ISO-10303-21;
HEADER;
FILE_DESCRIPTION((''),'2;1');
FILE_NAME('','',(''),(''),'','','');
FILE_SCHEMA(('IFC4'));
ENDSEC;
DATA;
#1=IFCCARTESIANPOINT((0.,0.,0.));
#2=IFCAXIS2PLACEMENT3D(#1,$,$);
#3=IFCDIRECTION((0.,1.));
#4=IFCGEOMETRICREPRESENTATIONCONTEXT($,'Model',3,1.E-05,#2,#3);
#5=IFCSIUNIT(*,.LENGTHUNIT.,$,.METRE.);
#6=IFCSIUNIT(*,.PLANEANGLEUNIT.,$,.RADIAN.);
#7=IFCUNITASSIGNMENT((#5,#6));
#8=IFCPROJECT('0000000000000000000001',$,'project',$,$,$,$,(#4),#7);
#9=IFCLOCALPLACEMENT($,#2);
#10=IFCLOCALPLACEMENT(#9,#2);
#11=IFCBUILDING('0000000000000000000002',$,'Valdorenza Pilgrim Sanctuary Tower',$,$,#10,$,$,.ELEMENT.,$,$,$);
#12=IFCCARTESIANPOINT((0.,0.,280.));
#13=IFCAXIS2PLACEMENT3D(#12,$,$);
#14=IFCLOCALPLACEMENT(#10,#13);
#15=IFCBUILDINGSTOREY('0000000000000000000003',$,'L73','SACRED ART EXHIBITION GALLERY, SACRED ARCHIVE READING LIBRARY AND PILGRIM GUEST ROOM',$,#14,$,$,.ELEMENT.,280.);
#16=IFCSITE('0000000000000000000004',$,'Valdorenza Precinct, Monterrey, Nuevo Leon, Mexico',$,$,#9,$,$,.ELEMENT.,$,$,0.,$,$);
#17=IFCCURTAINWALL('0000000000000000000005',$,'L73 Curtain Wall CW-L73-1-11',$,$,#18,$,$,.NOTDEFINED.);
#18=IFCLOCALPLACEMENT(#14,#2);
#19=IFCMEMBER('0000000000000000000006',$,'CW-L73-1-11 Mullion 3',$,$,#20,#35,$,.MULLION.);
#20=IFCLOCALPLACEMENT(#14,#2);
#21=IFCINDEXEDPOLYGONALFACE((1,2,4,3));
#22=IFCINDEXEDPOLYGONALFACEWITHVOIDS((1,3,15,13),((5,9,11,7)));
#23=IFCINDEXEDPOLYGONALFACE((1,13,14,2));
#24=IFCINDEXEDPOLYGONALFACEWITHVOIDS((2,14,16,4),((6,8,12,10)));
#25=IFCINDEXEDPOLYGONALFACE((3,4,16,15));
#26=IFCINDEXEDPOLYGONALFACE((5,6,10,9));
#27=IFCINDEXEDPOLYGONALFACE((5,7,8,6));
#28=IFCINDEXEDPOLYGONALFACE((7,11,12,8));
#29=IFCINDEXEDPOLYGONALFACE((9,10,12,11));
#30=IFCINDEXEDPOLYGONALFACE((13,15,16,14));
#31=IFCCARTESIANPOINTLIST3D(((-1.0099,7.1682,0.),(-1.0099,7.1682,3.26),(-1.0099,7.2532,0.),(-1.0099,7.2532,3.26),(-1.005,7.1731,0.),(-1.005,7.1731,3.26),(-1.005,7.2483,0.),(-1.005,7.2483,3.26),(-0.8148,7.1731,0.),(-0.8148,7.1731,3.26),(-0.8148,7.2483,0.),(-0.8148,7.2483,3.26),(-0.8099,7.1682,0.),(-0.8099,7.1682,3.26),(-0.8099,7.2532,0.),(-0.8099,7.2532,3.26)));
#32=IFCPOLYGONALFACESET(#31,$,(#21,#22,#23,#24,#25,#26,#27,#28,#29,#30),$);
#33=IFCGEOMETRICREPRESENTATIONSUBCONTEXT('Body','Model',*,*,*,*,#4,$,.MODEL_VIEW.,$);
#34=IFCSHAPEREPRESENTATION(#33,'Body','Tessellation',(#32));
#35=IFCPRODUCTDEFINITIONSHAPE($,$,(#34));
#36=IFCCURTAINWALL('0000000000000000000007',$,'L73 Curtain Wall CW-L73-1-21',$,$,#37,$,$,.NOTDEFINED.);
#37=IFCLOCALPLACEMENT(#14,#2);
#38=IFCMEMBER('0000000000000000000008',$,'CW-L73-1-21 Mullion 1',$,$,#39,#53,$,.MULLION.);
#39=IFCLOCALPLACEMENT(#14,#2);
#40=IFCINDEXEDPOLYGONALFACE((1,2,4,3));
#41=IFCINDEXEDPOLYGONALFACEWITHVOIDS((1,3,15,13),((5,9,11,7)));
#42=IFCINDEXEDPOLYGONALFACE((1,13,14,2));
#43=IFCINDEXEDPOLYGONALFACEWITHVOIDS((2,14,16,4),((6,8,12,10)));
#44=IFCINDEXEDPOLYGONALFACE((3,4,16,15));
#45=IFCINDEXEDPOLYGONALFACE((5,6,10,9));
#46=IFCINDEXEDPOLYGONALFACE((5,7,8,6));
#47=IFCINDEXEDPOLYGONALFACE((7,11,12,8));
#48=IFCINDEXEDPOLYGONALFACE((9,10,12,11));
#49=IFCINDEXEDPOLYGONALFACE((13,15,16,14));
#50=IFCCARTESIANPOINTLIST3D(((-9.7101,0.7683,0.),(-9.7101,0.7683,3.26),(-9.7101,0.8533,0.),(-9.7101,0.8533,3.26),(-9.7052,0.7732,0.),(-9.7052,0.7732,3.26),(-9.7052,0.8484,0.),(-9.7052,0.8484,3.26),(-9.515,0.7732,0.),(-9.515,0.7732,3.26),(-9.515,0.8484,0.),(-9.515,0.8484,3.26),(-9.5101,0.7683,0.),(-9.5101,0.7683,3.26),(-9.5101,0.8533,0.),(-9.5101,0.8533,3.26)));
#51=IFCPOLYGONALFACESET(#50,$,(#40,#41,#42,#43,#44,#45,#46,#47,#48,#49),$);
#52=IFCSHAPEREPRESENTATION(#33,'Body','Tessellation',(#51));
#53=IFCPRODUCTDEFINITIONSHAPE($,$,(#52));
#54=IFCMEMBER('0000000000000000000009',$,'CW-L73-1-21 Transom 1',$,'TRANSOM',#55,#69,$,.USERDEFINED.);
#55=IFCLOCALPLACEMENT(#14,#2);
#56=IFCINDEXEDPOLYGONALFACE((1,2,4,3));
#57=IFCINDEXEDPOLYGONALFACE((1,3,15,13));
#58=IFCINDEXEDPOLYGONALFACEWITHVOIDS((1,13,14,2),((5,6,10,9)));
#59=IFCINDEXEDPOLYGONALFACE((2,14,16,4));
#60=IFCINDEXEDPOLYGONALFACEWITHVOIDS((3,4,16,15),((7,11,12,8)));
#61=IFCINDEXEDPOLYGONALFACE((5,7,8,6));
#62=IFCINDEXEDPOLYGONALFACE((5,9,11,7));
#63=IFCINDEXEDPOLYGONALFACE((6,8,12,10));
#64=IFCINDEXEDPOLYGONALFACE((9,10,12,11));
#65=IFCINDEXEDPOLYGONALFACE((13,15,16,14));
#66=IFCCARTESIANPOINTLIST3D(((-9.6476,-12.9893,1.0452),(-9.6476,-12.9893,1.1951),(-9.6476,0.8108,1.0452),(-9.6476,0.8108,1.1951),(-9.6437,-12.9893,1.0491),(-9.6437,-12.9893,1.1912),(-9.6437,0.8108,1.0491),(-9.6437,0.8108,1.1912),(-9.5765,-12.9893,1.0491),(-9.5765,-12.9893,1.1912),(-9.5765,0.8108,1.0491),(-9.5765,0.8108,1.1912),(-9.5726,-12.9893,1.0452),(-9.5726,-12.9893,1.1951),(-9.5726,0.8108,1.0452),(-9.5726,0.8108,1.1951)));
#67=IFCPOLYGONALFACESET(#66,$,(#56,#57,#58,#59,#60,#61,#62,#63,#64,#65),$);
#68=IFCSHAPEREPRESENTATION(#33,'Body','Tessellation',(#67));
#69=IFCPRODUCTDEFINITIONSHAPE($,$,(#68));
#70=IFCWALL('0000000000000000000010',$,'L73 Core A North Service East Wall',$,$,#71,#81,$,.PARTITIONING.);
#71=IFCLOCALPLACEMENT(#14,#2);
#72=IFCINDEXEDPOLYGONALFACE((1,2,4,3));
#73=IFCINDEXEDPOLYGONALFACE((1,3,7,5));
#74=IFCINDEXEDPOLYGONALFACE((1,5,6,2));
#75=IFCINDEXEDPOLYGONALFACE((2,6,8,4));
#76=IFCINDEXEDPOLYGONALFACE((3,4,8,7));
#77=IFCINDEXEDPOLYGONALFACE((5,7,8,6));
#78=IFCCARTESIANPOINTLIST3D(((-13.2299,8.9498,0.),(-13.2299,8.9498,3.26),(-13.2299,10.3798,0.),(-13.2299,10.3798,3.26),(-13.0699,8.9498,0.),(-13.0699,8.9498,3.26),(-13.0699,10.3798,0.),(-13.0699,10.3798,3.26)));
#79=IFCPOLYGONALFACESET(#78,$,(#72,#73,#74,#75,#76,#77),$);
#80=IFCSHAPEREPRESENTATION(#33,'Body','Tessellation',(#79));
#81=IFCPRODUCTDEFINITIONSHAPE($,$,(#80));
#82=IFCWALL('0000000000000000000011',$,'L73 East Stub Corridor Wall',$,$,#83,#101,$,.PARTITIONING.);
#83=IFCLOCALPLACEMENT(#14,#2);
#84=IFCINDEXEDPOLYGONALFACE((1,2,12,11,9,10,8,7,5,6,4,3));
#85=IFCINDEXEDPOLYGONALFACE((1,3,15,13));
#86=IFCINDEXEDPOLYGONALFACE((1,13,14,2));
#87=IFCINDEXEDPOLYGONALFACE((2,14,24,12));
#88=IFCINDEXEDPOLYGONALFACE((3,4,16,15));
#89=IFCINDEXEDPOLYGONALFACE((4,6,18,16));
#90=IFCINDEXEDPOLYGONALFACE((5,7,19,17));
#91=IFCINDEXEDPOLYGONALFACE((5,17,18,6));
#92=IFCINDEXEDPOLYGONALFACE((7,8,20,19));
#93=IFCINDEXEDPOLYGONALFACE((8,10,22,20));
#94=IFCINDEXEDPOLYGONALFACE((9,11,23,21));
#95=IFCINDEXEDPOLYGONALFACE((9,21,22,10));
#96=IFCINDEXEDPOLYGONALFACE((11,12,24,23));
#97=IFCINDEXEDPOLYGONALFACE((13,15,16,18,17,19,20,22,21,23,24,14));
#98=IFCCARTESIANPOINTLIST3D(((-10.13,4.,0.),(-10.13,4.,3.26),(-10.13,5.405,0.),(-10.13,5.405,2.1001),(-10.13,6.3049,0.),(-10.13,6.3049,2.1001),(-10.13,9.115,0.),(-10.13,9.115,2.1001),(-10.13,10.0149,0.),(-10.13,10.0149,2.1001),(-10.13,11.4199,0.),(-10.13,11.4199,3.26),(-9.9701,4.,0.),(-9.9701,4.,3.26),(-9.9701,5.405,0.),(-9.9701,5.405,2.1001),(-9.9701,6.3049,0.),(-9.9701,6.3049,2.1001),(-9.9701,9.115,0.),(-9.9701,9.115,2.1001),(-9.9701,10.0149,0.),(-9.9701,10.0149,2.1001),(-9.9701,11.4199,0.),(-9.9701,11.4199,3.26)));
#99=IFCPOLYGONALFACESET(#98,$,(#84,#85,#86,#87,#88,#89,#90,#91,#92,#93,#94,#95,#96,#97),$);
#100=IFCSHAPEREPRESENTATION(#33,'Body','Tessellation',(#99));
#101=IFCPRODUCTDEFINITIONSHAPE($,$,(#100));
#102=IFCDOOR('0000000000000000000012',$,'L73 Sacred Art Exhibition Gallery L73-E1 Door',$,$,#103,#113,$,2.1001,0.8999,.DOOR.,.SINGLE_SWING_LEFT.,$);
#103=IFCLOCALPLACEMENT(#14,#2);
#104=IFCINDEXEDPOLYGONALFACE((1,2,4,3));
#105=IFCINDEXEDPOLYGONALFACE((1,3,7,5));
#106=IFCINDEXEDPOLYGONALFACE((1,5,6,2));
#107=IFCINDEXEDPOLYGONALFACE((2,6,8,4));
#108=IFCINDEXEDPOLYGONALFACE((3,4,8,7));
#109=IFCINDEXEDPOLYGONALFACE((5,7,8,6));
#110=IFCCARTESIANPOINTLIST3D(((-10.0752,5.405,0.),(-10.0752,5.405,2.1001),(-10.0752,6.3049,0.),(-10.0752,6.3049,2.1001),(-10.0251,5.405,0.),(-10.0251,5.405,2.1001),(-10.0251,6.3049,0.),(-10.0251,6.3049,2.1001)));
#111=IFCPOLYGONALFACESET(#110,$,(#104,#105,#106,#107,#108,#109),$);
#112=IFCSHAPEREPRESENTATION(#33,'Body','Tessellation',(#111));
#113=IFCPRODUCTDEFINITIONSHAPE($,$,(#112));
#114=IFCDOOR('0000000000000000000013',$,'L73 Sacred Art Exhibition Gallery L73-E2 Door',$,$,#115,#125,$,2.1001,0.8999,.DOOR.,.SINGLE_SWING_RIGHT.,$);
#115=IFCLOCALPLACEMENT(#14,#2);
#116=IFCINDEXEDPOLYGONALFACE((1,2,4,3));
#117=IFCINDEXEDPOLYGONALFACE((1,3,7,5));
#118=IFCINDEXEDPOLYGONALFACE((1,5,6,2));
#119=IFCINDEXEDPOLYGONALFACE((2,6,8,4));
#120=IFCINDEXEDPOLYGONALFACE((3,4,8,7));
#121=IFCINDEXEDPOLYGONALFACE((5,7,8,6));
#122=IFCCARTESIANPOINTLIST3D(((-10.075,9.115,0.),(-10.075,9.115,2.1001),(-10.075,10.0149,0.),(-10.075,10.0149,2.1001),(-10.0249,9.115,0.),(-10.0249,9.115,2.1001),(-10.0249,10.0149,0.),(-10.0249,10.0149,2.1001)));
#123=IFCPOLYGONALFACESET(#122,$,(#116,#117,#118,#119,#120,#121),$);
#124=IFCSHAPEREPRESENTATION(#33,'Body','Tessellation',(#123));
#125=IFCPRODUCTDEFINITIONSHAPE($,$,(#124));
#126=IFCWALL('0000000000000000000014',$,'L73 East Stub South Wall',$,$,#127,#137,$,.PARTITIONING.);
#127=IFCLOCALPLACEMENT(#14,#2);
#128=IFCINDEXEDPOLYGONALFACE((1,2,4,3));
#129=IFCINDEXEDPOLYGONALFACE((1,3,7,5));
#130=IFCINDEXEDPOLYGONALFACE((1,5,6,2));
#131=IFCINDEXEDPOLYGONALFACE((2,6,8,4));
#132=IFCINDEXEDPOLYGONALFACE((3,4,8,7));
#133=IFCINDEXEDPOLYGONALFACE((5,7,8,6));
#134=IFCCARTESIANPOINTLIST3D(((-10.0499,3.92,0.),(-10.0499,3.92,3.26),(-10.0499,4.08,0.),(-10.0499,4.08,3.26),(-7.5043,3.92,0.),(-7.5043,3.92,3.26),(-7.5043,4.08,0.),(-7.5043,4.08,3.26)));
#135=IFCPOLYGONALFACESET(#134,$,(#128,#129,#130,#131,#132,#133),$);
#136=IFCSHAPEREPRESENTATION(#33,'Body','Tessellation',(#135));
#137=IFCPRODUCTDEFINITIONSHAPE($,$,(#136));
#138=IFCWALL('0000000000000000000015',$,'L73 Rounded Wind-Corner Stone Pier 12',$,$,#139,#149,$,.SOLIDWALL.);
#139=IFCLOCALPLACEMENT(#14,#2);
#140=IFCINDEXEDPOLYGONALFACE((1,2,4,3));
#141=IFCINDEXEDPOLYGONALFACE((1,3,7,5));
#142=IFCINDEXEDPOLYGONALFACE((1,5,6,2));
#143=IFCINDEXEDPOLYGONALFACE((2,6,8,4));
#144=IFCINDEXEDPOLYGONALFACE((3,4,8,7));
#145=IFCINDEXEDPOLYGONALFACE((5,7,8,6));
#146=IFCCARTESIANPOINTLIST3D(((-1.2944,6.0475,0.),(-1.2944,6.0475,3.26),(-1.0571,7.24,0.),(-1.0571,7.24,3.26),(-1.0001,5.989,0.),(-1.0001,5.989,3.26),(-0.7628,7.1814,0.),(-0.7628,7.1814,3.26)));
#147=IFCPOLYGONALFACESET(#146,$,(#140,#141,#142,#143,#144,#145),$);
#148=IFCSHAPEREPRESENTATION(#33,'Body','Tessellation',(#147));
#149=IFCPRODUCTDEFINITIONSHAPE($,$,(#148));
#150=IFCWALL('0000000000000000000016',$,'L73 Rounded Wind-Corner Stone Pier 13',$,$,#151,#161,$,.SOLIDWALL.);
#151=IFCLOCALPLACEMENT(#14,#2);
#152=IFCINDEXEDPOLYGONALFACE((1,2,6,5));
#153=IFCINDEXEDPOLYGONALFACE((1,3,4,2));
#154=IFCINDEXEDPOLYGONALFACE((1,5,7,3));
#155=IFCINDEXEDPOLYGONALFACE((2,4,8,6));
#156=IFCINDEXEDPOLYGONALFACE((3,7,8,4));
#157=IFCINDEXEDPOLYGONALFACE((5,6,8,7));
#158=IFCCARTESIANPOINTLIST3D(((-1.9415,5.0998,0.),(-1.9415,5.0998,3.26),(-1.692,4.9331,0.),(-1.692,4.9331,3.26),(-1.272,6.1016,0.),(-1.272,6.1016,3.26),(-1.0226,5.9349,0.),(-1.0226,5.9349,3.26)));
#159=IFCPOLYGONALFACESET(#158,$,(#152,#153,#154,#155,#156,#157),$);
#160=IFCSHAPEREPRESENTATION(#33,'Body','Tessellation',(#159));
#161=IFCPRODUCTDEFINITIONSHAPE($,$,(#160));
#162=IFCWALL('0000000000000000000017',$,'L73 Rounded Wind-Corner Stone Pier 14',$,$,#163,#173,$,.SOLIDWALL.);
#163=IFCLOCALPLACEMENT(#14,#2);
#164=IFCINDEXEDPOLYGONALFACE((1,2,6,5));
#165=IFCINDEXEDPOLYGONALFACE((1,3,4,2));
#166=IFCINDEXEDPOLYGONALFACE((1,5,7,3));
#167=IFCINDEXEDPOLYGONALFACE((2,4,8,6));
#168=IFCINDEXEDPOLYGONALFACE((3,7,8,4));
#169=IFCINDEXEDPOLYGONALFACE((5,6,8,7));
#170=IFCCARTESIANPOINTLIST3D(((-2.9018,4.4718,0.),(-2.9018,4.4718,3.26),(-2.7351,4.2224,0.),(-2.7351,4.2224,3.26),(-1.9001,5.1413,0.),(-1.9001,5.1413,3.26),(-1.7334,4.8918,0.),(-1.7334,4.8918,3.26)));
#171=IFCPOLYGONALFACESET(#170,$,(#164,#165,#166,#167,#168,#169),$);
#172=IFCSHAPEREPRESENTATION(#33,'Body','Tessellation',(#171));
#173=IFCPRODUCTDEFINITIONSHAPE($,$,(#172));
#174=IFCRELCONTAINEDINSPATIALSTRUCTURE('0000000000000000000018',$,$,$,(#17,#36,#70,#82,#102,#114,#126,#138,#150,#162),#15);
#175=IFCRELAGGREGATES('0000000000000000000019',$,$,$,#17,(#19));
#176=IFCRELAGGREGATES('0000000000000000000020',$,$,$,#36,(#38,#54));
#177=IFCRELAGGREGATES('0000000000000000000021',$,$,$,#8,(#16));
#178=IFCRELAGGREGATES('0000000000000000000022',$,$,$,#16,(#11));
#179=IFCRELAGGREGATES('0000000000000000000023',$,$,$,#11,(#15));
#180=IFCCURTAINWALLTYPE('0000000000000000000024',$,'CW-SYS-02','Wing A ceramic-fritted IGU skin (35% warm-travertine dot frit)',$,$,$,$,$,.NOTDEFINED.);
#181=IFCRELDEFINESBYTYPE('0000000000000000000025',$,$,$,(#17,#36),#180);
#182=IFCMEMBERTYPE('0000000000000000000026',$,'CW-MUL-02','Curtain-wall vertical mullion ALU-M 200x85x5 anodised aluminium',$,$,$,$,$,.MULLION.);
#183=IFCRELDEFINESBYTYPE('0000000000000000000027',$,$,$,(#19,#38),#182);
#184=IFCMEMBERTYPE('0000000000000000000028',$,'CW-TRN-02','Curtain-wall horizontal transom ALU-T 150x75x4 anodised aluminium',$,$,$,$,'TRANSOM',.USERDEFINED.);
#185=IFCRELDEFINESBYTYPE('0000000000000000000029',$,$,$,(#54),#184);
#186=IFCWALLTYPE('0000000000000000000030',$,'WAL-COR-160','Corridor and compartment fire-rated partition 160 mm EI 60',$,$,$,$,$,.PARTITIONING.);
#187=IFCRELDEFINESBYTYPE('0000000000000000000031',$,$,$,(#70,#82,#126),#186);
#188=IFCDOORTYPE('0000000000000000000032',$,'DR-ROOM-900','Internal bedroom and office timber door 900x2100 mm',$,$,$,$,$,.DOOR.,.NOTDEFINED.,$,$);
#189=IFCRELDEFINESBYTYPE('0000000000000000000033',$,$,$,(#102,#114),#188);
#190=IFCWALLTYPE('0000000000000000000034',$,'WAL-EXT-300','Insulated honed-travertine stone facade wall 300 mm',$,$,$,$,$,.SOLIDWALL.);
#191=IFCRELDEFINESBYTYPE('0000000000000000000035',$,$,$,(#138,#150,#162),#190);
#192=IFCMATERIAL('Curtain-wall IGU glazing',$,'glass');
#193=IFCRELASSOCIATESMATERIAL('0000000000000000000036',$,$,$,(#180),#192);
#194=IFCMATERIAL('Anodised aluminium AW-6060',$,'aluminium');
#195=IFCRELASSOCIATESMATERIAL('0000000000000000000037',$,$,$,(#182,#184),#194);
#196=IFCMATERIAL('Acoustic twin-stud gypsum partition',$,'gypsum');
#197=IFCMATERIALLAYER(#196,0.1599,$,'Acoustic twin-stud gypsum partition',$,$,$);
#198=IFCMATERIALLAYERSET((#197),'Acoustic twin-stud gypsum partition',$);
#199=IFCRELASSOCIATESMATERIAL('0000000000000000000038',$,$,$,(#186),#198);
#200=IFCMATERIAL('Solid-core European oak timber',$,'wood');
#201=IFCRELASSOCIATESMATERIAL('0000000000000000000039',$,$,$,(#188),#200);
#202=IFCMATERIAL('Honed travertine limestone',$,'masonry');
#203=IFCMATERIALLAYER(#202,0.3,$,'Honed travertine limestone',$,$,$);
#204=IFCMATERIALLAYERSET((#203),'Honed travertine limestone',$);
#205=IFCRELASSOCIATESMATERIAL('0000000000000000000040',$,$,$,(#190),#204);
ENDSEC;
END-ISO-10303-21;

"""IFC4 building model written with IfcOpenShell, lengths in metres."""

from ifc_helpers import new_model, si_unit, direction, frame, frame_2d, origin, origin_2d, place, context, subcontext, project, spatial, rectangle, hollow_rectangle, extrude, source, transform, mapped, material, layer, layer_set, material_profile, profile_set, type_object, element, fill, aggregate, save


model = new_model("IFC4")

# Units and contexts
model_context = context("Model", 3, precision=1e-05, world=origin(), true_north=direction((0.0, 1.0)))
body_context = subcontext(model_context, "Body", "Model", "MODEL_VIEW")
ifc_project = project(units=[si_unit("LENGTHUNIT", "METRE"), si_unit("PLANEANGLEUNIT", "RADIAN")], contexts=[model_context])

# Site, building, storey
site_placement = place(None, origin())
site = spatial("IfcSite", under=ifc_project, at=site_placement, Name="Valdorenza Precinct, Monterrey, Nuevo Leon, Mexico", CompositionType="ELEMENT", RefElevation=0.0)
building_placement = place(site_placement, origin())
building = spatial("IfcBuilding", under=site, at=building_placement, Name="Valdorenza Pilgrim Sanctuary Tower", CompositionType="ELEMENT")
storey_placement = place(building_placement, frame((0.0, 0.0, 280.0)))
storey = spatial("IfcBuildingStorey", under=building, at=storey_placement, Name="L73", Description="SACRED ART EXHIBITION GALLERY, SACRED ARCHIVE READING LIBRARY AND PILGRIM GUEST ROOM", CompositionType="ELEMENT", Elevation=280.0)

# Curtain wall, member
ifc_material_1 = material(Name="Curtain-wall IGU glazing", Category="glass")
curtain_wall_type = type_object("IfcCurtainWallType", Name="CW-SYS-02", Description="Wing A ceramic-fritted IGU skin (35% warm-travertine dot frit)", PredefinedType="NOTDEFINED", material=ifc_material_1)
curtain_wall_1_placement = place(storey_placement, origin())
curtain_wall_1 = element("IfcCurtainWall", 1, at=curtain_wall_1_placement, inside=storey, type_object=curtain_wall_type, Name="L73 Curtain Wall CW-L73-1-11", PredefinedType="NOTDEFINED")
ifc_material_2 = material(Name="Anodised aluminium AW-6060", Category="aluminium")
ifc_material_profile_1 = material_profile(ifc_material_2, hollow_rectangle(XDim=0.085, YDim=0.2, WallThickness=0.0049, at=origin_2d()), Name="ALU-M 200x85x5")
ifc_profile_set_1 = profile_set([ifc_material_profile_1], Name="Anodised aluminium AW-6060")
member_type_1 = type_object("IfcMemberType", Name="CW-MUL-02", Description="Curtain-wall vertical mullion ALU-M 200x85x5 anodised aluminium", PredefinedType="MULLION", material=ifc_profile_set_1)
shared_shape_1 = source(origin(), body_context, "Body", "SweptSolid", [
    extrude(hollow_rectangle(XDim=0.085, YDim=0.2, WallThickness=0.0049, at=origin_2d()), origin(), (0.0, 0.0, 1.0), 3.26),
])
member_1_placement = place(storey_placement, frame((-0.9099, 7.2107, 0.0), z_axis=(0.0, 0.0, 1.0), x_axis=(0.0, -1.0, 0.0)))
member_1 = element("IfcMember", 2, at=member_1_placement, type_object=member_type_1, Name="CW-L73-1-11 Mullion 3", PredefinedType="MULLION", context=body_context, shape_type="MappedRepresentation", body=[
    mapped(shared_shape_1, transform((0.0, 0.0, 0.0), x_axis=(1.0, 0.0, 0.0), y_axis=(0.0, 1.0, 0.0), z_axis=(0.0, 0.0, 1.0), scale=1.0)),
])
aggregate(curtain_wall_1, [member_1])

# Curtain wall, members
curtain_wall_2_placement = place(storey_placement, origin())
curtain_wall_2 = element("IfcCurtainWall", 3, at=curtain_wall_2_placement, inside=storey, type_object=curtain_wall_type, Name="L73 Curtain Wall CW-L73-1-21", PredefinedType="NOTDEFINED")
member_2_placement = place(storey_placement, frame((-9.6101, 0.8108, 0.0), z_axis=(0.0, 0.0, 1.0), x_axis=(0.0, -1.0, 0.0)))
member_2 = element("IfcMember", 4, at=member_2_placement, type_object=member_type_1, Name="CW-L73-1-21 Mullion 1", PredefinedType="MULLION", context=body_context, shape_type="MappedRepresentation", body=[
    mapped(shared_shape_1, transform((0.0, 0.0, 0.0), x_axis=(1.0, 0.0, 0.0), y_axis=(0.0, 1.0, 0.0), z_axis=(0.0, 0.0, 1.0), scale=1.0)),
])
ifc_material_profile_2 = material_profile(ifc_material_2, hollow_rectangle(XDim=0.075, YDim=0.1499, WallThickness=0.0039, at=origin_2d()), Name="ALU-T 150x75x4")
ifc_profile_set_2 = profile_set([ifc_material_profile_2], Name="Anodised aluminium AW-6060")
member_type_2 = type_object("IfcMemberType", Name="CW-TRN-02", Description="Curtain-wall horizontal transom ALU-T 150x75x4 anodised aluminium", ElementType="TRANSOM", PredefinedType="USERDEFINED", material=ifc_profile_set_2)
shared_shape_2 = source(origin(), body_context, "Body", "SweptSolid", [
    extrude(hollow_rectangle(XDim=0.075, YDim=0.1499, WallThickness=0.0039, at=origin_2d()), origin(), (0.0, 0.0, 1.0), 13.8),
])
member_3_placement = place(storey_placement, frame((-9.6101, 0.8108, 1.1201), z_axis=(0.0, -1.0, 0.0), x_axis=(1.0, 0.0, 0.0)))
member_3 = element("IfcMember", 5, at=member_3_placement, type_object=member_type_2, Name="CW-L73-1-21 Transom 1", ObjectType="TRANSOM", PredefinedType="USERDEFINED", context=body_context, shape_type="MappedRepresentation", body=[
    mapped(shared_shape_2, transform((0.0, 0.0, 0.0), x_axis=(1.0, 0.0, 0.0), y_axis=(0.0, 1.0, 0.0), z_axis=(0.0, 0.0, 1.0), scale=1.0)),
])
aggregate(curtain_wall_2, [member_2, member_3])

# Wall
ifc_material_3 = material(Name="Acoustic twin-stud gypsum partition", Category="gypsum")
ifc_layer_1 = layer(ifc_material_3, 0.1599, Name="Acoustic twin-stud gypsum partition")
ifc_layer_set_1 = layer_set([ifc_layer_1], Name="Acoustic twin-stud gypsum partition")
wall_type_1 = type_object("IfcWallType", Name="WAL-COR-160", Description="Corridor and compartment fire-rated partition 160 mm EI 60", PredefinedType="PARTITIONING", material=ifc_layer_set_1)
wall_1_placement = place(storey_placement, frame((-13.1499, 8.95, 0.0), z_axis=(0.0, 0.0, 1.0), x_axis=(0.0, 1.0, 0.0)))
element("IfcWall", 6, at=wall_1_placement, inside=storey, type_object=wall_type_1, Name="L73 Core A North Service East Wall", PredefinedType="PARTITIONING", context=body_context, shape_type="SweptSolid", body=[
    extrude(rectangle(XDim=1.4299, YDim=0.1599, at=frame_2d((0.7148, 0.0))), origin(), (0.0, 0.0, 1.0), 3.26),
])

# Wall, openings, doors
wall_2_placement = place(storey_placement, frame((-10.05, 4.0, 0.0), z_axis=(0.0, 0.0, 1.0), x_axis=(0.0, 1.0, 0.0)))
wall_2 = element("IfcWall", 7, at=wall_2_placement, inside=storey, type_object=wall_type_1, Name="L73 East Stub Corridor Wall", PredefinedType="PARTITIONING", context=body_context, shape_type="SweptSolid", body=[
    extrude(rectangle(XDim=7.4199, YDim=0.1599, at=frame_2d((3.71, 0.0))), origin(), (0.0, 0.0, 1.0), 3.26),
])
opening_1_placement = place(wall_2_placement, frame((1.405, 0.0, 0.0)))
opening_1 = element("IfcOpeningElement", 8, at=opening_1_placement, cuts=wall_2, PredefinedType="OPENING", context=body_context, shape_type="SweptSolid", body=[
    extrude(rectangle(XDim=0.8999, YDim=2.1001, at=frame_2d((0.45, 1.05))), frame((0.0, 0.0947, 0.0), z_axis=(0.0, -1.0, 0.0), x_axis=(1.0, 0.0, 0.0)), (0.0, 0.0, 1.0), 0.1897),
])
opening_2_placement = place(wall_2_placement, frame((5.115, 0.0, 0.0)))
opening_2 = element("IfcOpeningElement", 9, at=opening_2_placement, cuts=wall_2, PredefinedType="OPENING", context=body_context, shape_type="SweptSolid", body=[
    extrude(rectangle(XDim=0.8999, YDim=2.1001, at=frame_2d((0.45, 1.05))), frame((0.0, 0.0947, 0.0), z_axis=(0.0, -1.0, 0.0), x_axis=(1.0, 0.0, 0.0)), (0.0, 0.0, 1.0), 0.1897),
])
ifc_material_4 = material(Name="Solid-core European oak timber", Category="wood")
door_type_1 = type_object("IfcDoorType", Name="DR-ROOM-900", Description="Internal bedroom and office timber door 900x2100 mm", OperationType="NOTDEFINED", PredefinedType="DOOR", material=ifc_material_4)
door_1_placement = place(opening_1_placement, frame((0.8999, 0.0, 0.0), z_axis=(0.0, 0.0, 1.0), x_axis=(-1.0, 0.0, 0.0)))
door_1 = element("IfcDoor", 10, at=door_1_placement, inside=storey, type_object=door_type_1, Name="L73 Sacred Art Exhibition Gallery L73-E1 Door", OperationType="SINGLE_SWING_LEFT", OverallHeight=2.1001, OverallWidth=0.8999, PredefinedType="DOOR", context=body_context, shape_type="SweptSolid", body=[
    extrude(rectangle(XDim=0.8999, YDim=2.1001, at=frame_2d((0.45, 1.05))), frame((0.0, 0.0249, 0.0), z_axis=(0.0, -1.0, 0.0), x_axis=(1.0, 0.0, 0.0)), (0.0, 0.0, 1.0), 0.05),
])
fill(opening_1, door_1)
door_2_placement = place(opening_2_placement, origin())
door_2 = element("IfcDoor", 11, at=door_2_placement, inside=storey, type_object=door_type_1, Name="L73 Sacred Art Exhibition Gallery L73-E2 Door", OperationType="SINGLE_SWING_RIGHT", OverallHeight=2.1001, OverallWidth=0.8999, PredefinedType="DOOR", context=body_context, shape_type="SweptSolid", body=[
    extrude(rectangle(XDim=0.8999, YDim=2.1001, at=frame_2d((0.45, 1.05))), frame((0.0, 0.0249, 0.0), z_axis=(0.0, -1.0, 0.0), x_axis=(1.0, 0.0, 0.0)), (0.0, 0.0, 1.0), 0.05),
])
fill(opening_2, door_2)

# Walls
wall_3_placement = place(storey_placement, frame((-10.05, 4.0, 0.0), z_axis=(0.0, 0.0, 1.0), x_axis=(1.0, 0.0, 0.0)))
element("IfcWall", 12, at=wall_3_placement, inside=storey, type_object=wall_type_1, Name="L73 East Stub South Wall", PredefinedType="PARTITIONING", context=body_context, shape_type="SweptSolid", body=[
    extrude(rectangle(XDim=2.5457, YDim=0.1599, at=frame_2d((1.2729, 0.0))), origin(), (0.0, 0.0, 1.0), 3.26),
])
ifc_material_5 = material(Name="Honed travertine limestone", Category="masonry")
ifc_layer_2 = layer(ifc_material_5, 0.3, Name="Honed travertine limestone")
ifc_layer_set_2 = layer_set([ifc_layer_2], Name="Honed travertine limestone")
wall_type_2 = type_object("IfcWallType", Name="WAL-EXT-300", Description="Insulated honed-travertine stone facade wall 300 mm", PredefinedType="SOLIDWALL", material=ifc_layer_set_2)
wall_4_placement = place(storey_placement, frame((-0.9099, 7.2107, 0.0), z_axis=(0.0, 0.0, 1.0), x_axis=(-0.195189, -0.980766, 0.0)))
element("IfcWall", 13, at=wall_4_placement, inside=storey, type_object=wall_type_2, Name="L73 Rounded Wind-Corner Stone Pier 12", PredefinedType="SOLIDWALL", context=body_context, shape_type="SweptSolid", body=[
    extrude(rectangle(XDim=1.2158, YDim=0.3, at=frame_2d((0.6079, 0.0))), origin(), (0.0, 0.0, 1.0), 3.26),
])
for number, where, z_axis, x_axis, name in (
    (14, (-1.1472, 6.0183, 0.0), (0.0, 0.0, 1.0), (-0.555635, -0.831426, 0.0), "L73 Rounded Wind-Corner Stone Pier 13"),
    (15, (-1.8167, 5.0166, 0.0), (0.0, 0.0, 1.0), (-0.831426, -0.555635, 0.0), "L73 Rounded Wind-Corner Stone Pier 14"),
):
    element("IfcWall", number, at=place(storey_placement, frame(where, z_axis=z_axis, x_axis=x_axis)), inside=storey, type_object=wall_type_2, Name=name, PredefinedType="SOLIDWALL", context=body_context, shape_type="SweptSolid", body=[
        extrude(rectangle(XDim=1.2048, YDim=0.3, at=frame_2d((0.6025, 0.0))), origin(), (0.0, 0.0, 1.0), 3.26),
    ])

save(model, "model.ifc")
